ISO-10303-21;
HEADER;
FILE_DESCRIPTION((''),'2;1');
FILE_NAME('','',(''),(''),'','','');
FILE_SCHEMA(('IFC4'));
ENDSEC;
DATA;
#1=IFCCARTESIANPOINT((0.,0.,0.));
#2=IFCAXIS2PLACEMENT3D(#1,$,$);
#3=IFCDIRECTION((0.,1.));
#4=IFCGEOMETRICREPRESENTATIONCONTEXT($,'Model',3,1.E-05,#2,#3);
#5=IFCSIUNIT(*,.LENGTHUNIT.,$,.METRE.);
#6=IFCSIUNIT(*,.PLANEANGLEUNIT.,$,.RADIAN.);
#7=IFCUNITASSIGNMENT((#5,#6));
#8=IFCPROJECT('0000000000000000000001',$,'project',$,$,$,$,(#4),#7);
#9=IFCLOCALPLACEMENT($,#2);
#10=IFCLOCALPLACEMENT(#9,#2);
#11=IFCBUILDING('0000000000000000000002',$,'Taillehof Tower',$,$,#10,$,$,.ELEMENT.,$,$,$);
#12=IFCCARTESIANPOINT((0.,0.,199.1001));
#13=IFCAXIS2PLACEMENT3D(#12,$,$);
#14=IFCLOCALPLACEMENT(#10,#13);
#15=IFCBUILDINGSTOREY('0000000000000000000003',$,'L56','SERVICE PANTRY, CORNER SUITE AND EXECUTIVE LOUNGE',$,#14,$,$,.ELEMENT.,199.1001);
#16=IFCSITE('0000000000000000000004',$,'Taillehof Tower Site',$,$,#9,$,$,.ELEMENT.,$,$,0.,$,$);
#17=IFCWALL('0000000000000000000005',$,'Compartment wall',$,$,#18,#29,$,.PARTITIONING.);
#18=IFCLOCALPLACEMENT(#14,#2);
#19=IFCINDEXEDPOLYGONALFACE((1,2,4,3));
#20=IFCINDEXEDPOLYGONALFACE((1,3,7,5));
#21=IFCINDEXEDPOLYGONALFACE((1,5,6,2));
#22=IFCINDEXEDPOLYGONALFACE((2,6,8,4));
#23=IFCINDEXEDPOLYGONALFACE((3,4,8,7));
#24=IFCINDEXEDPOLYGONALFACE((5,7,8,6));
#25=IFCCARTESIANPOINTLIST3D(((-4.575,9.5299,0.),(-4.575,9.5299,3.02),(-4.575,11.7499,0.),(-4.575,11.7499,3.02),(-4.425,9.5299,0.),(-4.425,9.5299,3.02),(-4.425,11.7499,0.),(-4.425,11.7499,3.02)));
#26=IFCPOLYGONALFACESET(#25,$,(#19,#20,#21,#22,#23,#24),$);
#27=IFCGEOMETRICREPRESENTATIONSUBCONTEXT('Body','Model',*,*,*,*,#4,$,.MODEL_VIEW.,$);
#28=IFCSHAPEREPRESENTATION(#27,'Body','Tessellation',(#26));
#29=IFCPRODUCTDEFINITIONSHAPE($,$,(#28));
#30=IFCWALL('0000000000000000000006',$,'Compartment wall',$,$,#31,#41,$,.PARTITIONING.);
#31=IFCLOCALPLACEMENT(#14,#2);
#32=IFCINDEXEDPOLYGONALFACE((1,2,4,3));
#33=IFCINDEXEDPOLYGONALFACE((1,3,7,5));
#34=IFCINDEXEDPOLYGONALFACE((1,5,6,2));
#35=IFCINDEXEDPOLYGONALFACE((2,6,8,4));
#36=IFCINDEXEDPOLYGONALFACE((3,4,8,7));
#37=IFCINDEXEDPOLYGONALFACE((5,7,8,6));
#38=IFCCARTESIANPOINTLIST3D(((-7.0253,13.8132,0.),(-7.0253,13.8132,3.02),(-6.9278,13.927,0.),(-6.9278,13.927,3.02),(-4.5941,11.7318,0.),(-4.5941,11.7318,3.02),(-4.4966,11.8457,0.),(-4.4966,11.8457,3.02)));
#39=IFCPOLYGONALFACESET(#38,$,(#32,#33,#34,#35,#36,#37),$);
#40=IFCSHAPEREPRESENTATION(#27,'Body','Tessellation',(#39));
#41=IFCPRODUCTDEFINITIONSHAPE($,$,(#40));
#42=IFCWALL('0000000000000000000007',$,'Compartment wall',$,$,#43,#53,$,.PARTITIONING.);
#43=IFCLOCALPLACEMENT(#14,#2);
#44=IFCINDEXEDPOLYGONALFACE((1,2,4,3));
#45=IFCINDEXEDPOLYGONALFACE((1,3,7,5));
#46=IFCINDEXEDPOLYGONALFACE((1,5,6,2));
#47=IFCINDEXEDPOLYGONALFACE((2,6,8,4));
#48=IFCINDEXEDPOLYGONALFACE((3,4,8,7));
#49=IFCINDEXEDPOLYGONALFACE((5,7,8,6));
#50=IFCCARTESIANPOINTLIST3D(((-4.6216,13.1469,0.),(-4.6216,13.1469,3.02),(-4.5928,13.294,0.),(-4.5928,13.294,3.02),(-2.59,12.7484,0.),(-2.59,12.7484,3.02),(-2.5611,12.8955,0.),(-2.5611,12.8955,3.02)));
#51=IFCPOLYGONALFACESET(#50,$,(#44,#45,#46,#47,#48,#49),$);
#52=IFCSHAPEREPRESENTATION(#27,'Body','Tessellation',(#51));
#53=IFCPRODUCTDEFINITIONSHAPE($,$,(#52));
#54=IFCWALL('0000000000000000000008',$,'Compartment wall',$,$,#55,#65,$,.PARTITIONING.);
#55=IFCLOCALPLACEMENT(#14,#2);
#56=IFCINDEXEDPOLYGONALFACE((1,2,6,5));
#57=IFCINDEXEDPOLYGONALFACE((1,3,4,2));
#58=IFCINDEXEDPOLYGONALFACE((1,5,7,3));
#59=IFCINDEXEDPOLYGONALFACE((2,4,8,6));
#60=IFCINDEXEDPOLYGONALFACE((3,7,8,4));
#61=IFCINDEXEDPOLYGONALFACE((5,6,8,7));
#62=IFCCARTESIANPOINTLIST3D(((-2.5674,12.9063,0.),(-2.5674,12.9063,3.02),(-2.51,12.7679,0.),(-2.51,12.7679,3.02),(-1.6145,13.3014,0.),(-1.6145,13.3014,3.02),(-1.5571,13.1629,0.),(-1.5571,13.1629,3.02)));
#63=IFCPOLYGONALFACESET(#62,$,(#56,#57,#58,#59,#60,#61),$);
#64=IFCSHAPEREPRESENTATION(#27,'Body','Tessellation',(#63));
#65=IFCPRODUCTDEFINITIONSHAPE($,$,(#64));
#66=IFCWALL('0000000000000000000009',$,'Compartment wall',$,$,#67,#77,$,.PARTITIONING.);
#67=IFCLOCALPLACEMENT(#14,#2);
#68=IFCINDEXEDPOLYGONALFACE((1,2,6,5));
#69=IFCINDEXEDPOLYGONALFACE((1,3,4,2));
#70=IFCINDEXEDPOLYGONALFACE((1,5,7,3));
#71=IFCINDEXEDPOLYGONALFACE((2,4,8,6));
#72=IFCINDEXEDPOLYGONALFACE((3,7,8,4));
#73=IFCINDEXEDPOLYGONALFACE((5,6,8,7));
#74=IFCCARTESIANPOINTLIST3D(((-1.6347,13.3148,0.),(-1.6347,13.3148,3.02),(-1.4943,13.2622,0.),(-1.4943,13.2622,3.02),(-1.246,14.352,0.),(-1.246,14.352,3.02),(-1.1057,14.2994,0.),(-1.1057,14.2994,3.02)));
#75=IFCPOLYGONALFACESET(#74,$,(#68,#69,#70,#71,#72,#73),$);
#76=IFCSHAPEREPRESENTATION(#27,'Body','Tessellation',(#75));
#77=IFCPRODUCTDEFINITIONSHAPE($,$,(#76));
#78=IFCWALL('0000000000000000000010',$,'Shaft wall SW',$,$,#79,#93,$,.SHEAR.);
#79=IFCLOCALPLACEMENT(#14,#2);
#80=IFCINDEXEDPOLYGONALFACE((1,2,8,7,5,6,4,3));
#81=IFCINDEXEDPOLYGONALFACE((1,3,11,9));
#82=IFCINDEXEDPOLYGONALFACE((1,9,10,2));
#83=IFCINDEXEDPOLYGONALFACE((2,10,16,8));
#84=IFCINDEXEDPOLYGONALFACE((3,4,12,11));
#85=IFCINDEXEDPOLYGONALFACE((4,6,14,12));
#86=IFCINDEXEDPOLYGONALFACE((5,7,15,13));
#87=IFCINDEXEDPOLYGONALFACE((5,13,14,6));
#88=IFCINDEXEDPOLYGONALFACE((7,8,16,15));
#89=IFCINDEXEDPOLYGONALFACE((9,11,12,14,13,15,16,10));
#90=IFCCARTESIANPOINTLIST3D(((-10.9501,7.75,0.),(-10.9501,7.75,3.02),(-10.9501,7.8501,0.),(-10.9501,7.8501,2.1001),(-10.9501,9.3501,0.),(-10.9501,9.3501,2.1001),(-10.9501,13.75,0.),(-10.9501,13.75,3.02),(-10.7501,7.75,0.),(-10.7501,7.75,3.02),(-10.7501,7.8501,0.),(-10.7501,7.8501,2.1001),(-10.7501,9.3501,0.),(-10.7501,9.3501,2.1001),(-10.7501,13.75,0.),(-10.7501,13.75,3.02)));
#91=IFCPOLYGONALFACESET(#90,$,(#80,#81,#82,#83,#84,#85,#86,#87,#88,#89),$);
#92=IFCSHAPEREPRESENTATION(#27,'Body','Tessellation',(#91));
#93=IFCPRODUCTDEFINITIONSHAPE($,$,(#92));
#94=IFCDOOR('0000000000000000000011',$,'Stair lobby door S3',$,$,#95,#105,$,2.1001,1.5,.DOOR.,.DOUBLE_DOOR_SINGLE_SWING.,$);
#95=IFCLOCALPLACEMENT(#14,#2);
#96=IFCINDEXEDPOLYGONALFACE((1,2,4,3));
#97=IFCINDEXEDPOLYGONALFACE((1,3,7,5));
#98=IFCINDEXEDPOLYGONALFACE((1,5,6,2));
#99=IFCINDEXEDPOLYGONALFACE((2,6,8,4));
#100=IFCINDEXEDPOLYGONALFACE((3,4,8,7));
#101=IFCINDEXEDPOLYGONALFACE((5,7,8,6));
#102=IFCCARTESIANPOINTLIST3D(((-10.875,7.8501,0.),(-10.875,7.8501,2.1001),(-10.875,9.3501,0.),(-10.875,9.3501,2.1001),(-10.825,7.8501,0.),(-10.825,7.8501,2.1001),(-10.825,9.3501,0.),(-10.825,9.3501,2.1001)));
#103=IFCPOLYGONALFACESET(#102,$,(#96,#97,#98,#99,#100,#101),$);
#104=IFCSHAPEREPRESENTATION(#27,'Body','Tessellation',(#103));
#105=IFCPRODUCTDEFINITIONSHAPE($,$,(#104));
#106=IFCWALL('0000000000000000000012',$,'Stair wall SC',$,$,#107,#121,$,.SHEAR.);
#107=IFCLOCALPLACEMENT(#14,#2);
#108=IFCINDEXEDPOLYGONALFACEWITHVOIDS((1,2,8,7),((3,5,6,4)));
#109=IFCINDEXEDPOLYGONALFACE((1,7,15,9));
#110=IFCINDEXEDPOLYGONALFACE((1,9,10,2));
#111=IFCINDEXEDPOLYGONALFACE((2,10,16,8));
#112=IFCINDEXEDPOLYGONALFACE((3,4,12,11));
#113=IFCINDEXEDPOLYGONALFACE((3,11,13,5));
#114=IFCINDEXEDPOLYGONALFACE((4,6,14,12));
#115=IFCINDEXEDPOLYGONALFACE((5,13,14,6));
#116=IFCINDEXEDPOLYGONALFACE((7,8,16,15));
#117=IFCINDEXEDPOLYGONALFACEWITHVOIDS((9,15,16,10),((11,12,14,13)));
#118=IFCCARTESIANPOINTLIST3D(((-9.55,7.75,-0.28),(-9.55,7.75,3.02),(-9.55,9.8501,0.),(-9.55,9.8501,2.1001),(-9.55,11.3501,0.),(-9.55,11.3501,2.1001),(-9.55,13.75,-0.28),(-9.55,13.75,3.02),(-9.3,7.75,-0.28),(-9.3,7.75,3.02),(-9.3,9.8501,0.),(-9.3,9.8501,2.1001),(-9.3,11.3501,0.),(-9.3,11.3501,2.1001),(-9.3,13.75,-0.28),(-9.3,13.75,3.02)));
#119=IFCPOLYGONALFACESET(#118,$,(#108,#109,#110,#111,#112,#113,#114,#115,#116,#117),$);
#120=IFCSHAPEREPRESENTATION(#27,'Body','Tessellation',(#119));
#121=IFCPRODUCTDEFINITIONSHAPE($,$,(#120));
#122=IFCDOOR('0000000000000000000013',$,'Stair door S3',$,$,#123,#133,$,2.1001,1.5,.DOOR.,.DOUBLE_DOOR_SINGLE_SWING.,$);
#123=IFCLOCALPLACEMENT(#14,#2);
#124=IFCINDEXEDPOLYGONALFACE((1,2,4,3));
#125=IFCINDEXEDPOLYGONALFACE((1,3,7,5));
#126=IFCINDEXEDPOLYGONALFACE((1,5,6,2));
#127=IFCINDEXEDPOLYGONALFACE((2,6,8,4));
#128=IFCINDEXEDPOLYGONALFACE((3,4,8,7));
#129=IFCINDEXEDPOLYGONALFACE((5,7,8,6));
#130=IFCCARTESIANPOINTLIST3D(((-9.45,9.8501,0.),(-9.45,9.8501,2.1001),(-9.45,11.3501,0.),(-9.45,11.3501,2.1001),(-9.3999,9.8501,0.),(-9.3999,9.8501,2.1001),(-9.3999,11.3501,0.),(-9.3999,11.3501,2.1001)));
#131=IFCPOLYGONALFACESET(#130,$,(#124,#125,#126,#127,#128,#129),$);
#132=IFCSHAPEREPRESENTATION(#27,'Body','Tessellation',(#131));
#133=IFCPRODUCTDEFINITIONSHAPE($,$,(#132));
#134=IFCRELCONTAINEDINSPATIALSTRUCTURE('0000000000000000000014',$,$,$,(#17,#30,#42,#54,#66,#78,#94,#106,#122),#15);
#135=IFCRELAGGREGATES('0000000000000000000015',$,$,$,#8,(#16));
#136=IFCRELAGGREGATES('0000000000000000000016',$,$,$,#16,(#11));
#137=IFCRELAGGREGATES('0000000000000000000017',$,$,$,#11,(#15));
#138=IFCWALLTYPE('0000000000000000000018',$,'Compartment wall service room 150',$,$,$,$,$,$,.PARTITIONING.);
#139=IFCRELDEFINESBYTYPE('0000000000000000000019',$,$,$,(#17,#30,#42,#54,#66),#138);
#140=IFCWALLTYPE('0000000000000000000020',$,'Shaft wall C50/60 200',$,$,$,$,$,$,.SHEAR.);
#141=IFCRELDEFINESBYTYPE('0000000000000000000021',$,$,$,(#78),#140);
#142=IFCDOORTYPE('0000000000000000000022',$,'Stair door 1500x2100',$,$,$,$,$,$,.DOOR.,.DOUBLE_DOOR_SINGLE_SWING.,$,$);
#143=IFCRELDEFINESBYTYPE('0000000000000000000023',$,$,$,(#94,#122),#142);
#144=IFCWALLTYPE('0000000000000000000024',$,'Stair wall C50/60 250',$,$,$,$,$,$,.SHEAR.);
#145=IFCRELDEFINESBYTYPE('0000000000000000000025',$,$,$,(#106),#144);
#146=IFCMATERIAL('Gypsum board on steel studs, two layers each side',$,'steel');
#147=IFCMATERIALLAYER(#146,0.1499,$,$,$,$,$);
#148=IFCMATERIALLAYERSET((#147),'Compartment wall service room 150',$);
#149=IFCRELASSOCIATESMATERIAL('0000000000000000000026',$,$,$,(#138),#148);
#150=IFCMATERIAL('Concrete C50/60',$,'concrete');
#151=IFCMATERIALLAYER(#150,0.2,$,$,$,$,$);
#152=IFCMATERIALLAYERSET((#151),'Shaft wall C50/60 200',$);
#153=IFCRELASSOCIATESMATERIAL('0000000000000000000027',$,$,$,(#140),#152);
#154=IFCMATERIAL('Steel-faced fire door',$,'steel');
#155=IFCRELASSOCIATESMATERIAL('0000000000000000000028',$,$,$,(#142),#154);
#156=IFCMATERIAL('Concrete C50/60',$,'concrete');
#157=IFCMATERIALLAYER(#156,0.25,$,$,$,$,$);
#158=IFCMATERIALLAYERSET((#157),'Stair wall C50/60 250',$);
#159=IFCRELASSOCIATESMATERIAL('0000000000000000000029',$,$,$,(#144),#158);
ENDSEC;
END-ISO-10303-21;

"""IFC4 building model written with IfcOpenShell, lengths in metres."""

from ifc_helpers import new_model, si_unit, direction, frame, frame_2d, origin, place, context, subcontext, project, spatial, rectangle, extrude, material, layer, layer_set, type_object, element, fill, save


model = new_model("IFC4")

# Units and contexts
model_context = context("Model", 3, precision=1e-05, world=origin(), true_north=direction((0.0, 1.0)))
body_context = subcontext(model_context, "Body", "Model", "MODEL_VIEW")
ifc_project = project(units=[si_unit("LENGTHUNIT", "METRE"), si_unit("PLANEANGLEUNIT", "RADIAN")], contexts=[model_context])

# Site, building, storey
site_placement = place(None, origin())
site = spatial("IfcSite", under=ifc_project, at=site_placement, Name="Taillehof Tower Site", CompositionType="ELEMENT", RefElevation=0.0)
building_placement = place(site_placement, origin())
building = spatial("IfcBuilding", under=site, at=building_placement, Name="Taillehof Tower", CompositionType="ELEMENT")
storey_placement = place(building_placement, frame((0.0, 0.0, 199.1001)))
storey = spatial("IfcBuildingStorey", under=building, at=storey_placement, Name="L56", Description="SERVICE PANTRY, CORNER SUITE AND EXECUTIVE LOUNGE", CompositionType="ELEMENT", Elevation=199.1001)

# Walls
ifc_material_1 = material(Name="Gypsum board on steel studs, two layers each side", Category="steel")
ifc_layer_1 = layer(ifc_material_1, 0.1499)
ifc_layer_set_1 = layer_set([ifc_layer_1], Name="Compartment wall service room 150")
wall_type_1 = type_object("IfcWallType", Name="Compartment wall service room 150", PredefinedType="PARTITIONING", material=ifc_layer_set_1)
wall_1_placement = place(storey_placement, frame((-4.5, 9.53, 0.0), z_axis=(0.0, 0.0, 1.0), x_axis=(0.0, 1.0, 0.0)))
element("IfcWall", 1, at=wall_1_placement, inside=storey, type_object=wall_type_1, Name="Compartment wall", PredefinedType="PARTITIONING", context=body_context, shape_type="SweptSolid", body=[
    extrude(rectangle(XDim=2.22, YDim=0.1499, at=frame_2d((1.1099, 0.0))), origin(), (0.0, 0.0, 1.0), 3.02),
])
wall_2_placement = place(storey_placement, frame((-4.5454, 11.7888, 0.0), z_axis=(0.0, 0.0, 1.0), x_axis=(-0.75965, 0.650333, 0.0)))
element("IfcWall", 2, at=wall_2_placement, inside=storey, type_object=wall_type_1, Name="Compartment wall", PredefinedType="PARTITIONING", context=body_context, shape_type="SweptSolid", body=[
    extrude(rectangle(XDim=3.2004, YDim=0.1499, at=frame_2d((1.6001, 0.0))), origin(), (0.0, 0.0, 1.0), 3.02),
])
wall_3_placement = place(storey_placement, frame((-4.6072, 13.2205, 0.0), z_axis=(0.0, 0.0, 1.0), x_axis=(0.981304, -0.192463, 0.0)))
element("IfcWall", 3, at=wall_3_placement, inside=storey, type_object=wall_type_1, Name="Compartment wall", PredefinedType="PARTITIONING", context=body_context, shape_type="SweptSolid", body=[
    extrude(rectangle(XDim=2.0703, YDim=0.1499, at=frame_2d((1.0352, 0.0))), origin(), (0.0, 0.0, 1.0), 3.02),
])
wall_4_placement = place(storey_placement, frame((-2.5386, 12.8372, 0.0), z_axis=(0.0, 0.0, 1.0), x_axis=(0.923769, 0.382951, 0.0)))
element("IfcWall", 4, at=wall_4_placement, inside=storey, type_object=wall_type_1, Name="Compartment wall", PredefinedType="PARTITIONING", context=body_context, shape_type="SweptSolid", body=[
    extrude(rectangle(XDim=1.0315, YDim=0.1499, at=frame_2d((0.5156, 0.0))), origin(), (0.0, 0.0, 1.0), 3.02),
])
wall_5_placement = place(storey_placement, frame((-1.5645, 13.2886, 0.0), z_axis=(0.0, 0.0, 1.0), x_axis=(0.350858, 0.936429, 0.0)))
element("IfcWall", 5, at=wall_5_placement, inside=storey, type_object=wall_type_1, Name="Compartment wall", PredefinedType="PARTITIONING", context=body_context, shape_type="SweptSolid", body=[
    extrude(rectangle(XDim=1.1077, YDim=0.1499, at=frame_2d((0.5537, 0.0))), origin(), (0.0, 0.0, 1.0), 3.02),
])

# Walls, openings, doors
ifc_material_2 = material(Name="Concrete C50/60", Category="concrete")
ifc_layer_2 = layer(ifc_material_2, 0.2)
ifc_layer_set_2 = layer_set([ifc_layer_2], Name="Shaft wall C50/60 200")
wall_type_2 = type_object("IfcWallType", Name="Shaft wall C50/60 200", PredefinedType="SHEAR", material=ifc_layer_set_2)
wall_6_placement = place(storey_placement, frame((-10.8501, 7.75, 0.0), z_axis=(0.0, 0.0, 1.0), x_axis=(0.0, 1.0, 0.0)))
wall_6 = element("IfcWall", 6, at=wall_6_placement, inside=storey, type_object=wall_type_2, Name="Shaft wall SW", PredefinedType="SHEAR", context=body_context, shape_type="SweptSolid", body=[
    extrude(rectangle(XDim=6.0, YDim=0.2, at=frame_2d((3.0, 0.0))), origin(), (0.0, 0.0, 1.0), 3.02),
])
opening_1_placement = place(wall_6_placement, frame((0.1001, 0.0, 0.0)))
opening_1 = element("IfcOpeningElement", 7, at=opening_1_placement, cuts=wall_6, PredefinedType="OPENING", context=body_context, shape_type="SweptSolid", body=[
    extrude(rectangle(XDim=1.5, YDim=2.1001, at=frame_2d((0.75, 1.05))), frame((0.0, 0.1099, 0.0), z_axis=(0.0, -1.0, 0.0), x_axis=(1.0, 0.0, 0.0)), (0.0, 0.0, 1.0), 0.22),
])
ifc_material_3 = material(Name="Steel-faced fire door", Category="steel")
door_type = type_object("IfcDoorType", Name="Stair door 1500x2100", OperationType="DOUBLE_DOOR_SINGLE_SWING", PredefinedType="DOOR", material=ifc_material_3)
door_1_placement = place(opening_1_placement, origin())
door_1 = element("IfcDoor", 8, at=door_1_placement, inside=storey, type_object=door_type, Name="Stair lobby door S3", OperationType="DOUBLE_DOOR_SINGLE_SWING", OverallHeight=2.1001, OverallWidth=1.5, PredefinedType="DOOR", context=body_context, shape_type="SweptSolid", body=[
    extrude(rectangle(XDim=1.5, YDim=2.1001, at=frame_2d((0.75, 1.05))), frame((0.0, 0.0249, 0.0), z_axis=(0.0, -1.0, 0.0), x_axis=(1.0, 0.0, 0.0)), (0.0, 0.0, 1.0), 0.05),
])
fill(opening_1, door_1)
ifc_material_4 = material(Name="Concrete C50/60", Category="concrete")
ifc_layer_3 = layer(ifc_material_4, 0.25)
ifc_layer_set_3 = layer_set([ifc_layer_3], Name="Stair wall C50/60 250")
wall_type_3 = type_object("IfcWallType", Name="Stair wall C50/60 250", PredefinedType="SHEAR", material=ifc_layer_set_3)
wall_7_placement = place(storey_placement, frame((-9.425, 7.75, -0.28), z_axis=(0.0, 0.0, 1.0), x_axis=(0.0, 1.0, 0.0)))
wall_7 = element("IfcWall", 9, at=wall_7_placement, inside=storey, type_object=wall_type_3, Name="Stair wall SC", PredefinedType="SHEAR", context=body_context, shape_type="SweptSolid", body=[
    extrude(rectangle(XDim=6.0, YDim=0.25, at=frame_2d((3.0, 0.0))), origin(), (0.0, 0.0, 1.0), 3.3),
])
opening_2_placement = place(wall_7_placement, frame((2.1001, 0.0, 0.28)))
opening_2 = element("IfcOpeningElement", 10, at=opening_2_placement, cuts=wall_7, PredefinedType="OPENING", context=body_context, shape_type="SweptSolid", body=[
    extrude(rectangle(XDim=1.5, YDim=2.1001, at=frame_2d((0.75, 1.05))), frame((0.0, 0.135, 0.0), z_axis=(0.0, -1.0, 0.0), x_axis=(1.0, 0.0, 0.0)), (0.0, 0.0, 1.0), 0.27),
])
door_2_placement = place(opening_2_placement, origin())
door_2 = element("IfcDoor", 11, at=door_2_placement, inside=storey, type_object=door_type, Name="Stair door S3", OperationType="DOUBLE_DOOR_SINGLE_SWING", OverallHeight=2.1001, OverallWidth=1.5, PredefinedType="DOOR", context=body_context, shape_type="SweptSolid", body=[
    extrude(rectangle(XDim=1.5, YDim=2.1001, at=frame_2d((0.75, 1.05))), frame((0.0, 0.0249, 0.0), z_axis=(0.0, -1.0, 0.0), x_axis=(1.0, 0.0, 0.0)), (0.0, 0.0, 1.0), 0.05),
])
fill(opening_2, door_2)

save(model, "model.ifc")
